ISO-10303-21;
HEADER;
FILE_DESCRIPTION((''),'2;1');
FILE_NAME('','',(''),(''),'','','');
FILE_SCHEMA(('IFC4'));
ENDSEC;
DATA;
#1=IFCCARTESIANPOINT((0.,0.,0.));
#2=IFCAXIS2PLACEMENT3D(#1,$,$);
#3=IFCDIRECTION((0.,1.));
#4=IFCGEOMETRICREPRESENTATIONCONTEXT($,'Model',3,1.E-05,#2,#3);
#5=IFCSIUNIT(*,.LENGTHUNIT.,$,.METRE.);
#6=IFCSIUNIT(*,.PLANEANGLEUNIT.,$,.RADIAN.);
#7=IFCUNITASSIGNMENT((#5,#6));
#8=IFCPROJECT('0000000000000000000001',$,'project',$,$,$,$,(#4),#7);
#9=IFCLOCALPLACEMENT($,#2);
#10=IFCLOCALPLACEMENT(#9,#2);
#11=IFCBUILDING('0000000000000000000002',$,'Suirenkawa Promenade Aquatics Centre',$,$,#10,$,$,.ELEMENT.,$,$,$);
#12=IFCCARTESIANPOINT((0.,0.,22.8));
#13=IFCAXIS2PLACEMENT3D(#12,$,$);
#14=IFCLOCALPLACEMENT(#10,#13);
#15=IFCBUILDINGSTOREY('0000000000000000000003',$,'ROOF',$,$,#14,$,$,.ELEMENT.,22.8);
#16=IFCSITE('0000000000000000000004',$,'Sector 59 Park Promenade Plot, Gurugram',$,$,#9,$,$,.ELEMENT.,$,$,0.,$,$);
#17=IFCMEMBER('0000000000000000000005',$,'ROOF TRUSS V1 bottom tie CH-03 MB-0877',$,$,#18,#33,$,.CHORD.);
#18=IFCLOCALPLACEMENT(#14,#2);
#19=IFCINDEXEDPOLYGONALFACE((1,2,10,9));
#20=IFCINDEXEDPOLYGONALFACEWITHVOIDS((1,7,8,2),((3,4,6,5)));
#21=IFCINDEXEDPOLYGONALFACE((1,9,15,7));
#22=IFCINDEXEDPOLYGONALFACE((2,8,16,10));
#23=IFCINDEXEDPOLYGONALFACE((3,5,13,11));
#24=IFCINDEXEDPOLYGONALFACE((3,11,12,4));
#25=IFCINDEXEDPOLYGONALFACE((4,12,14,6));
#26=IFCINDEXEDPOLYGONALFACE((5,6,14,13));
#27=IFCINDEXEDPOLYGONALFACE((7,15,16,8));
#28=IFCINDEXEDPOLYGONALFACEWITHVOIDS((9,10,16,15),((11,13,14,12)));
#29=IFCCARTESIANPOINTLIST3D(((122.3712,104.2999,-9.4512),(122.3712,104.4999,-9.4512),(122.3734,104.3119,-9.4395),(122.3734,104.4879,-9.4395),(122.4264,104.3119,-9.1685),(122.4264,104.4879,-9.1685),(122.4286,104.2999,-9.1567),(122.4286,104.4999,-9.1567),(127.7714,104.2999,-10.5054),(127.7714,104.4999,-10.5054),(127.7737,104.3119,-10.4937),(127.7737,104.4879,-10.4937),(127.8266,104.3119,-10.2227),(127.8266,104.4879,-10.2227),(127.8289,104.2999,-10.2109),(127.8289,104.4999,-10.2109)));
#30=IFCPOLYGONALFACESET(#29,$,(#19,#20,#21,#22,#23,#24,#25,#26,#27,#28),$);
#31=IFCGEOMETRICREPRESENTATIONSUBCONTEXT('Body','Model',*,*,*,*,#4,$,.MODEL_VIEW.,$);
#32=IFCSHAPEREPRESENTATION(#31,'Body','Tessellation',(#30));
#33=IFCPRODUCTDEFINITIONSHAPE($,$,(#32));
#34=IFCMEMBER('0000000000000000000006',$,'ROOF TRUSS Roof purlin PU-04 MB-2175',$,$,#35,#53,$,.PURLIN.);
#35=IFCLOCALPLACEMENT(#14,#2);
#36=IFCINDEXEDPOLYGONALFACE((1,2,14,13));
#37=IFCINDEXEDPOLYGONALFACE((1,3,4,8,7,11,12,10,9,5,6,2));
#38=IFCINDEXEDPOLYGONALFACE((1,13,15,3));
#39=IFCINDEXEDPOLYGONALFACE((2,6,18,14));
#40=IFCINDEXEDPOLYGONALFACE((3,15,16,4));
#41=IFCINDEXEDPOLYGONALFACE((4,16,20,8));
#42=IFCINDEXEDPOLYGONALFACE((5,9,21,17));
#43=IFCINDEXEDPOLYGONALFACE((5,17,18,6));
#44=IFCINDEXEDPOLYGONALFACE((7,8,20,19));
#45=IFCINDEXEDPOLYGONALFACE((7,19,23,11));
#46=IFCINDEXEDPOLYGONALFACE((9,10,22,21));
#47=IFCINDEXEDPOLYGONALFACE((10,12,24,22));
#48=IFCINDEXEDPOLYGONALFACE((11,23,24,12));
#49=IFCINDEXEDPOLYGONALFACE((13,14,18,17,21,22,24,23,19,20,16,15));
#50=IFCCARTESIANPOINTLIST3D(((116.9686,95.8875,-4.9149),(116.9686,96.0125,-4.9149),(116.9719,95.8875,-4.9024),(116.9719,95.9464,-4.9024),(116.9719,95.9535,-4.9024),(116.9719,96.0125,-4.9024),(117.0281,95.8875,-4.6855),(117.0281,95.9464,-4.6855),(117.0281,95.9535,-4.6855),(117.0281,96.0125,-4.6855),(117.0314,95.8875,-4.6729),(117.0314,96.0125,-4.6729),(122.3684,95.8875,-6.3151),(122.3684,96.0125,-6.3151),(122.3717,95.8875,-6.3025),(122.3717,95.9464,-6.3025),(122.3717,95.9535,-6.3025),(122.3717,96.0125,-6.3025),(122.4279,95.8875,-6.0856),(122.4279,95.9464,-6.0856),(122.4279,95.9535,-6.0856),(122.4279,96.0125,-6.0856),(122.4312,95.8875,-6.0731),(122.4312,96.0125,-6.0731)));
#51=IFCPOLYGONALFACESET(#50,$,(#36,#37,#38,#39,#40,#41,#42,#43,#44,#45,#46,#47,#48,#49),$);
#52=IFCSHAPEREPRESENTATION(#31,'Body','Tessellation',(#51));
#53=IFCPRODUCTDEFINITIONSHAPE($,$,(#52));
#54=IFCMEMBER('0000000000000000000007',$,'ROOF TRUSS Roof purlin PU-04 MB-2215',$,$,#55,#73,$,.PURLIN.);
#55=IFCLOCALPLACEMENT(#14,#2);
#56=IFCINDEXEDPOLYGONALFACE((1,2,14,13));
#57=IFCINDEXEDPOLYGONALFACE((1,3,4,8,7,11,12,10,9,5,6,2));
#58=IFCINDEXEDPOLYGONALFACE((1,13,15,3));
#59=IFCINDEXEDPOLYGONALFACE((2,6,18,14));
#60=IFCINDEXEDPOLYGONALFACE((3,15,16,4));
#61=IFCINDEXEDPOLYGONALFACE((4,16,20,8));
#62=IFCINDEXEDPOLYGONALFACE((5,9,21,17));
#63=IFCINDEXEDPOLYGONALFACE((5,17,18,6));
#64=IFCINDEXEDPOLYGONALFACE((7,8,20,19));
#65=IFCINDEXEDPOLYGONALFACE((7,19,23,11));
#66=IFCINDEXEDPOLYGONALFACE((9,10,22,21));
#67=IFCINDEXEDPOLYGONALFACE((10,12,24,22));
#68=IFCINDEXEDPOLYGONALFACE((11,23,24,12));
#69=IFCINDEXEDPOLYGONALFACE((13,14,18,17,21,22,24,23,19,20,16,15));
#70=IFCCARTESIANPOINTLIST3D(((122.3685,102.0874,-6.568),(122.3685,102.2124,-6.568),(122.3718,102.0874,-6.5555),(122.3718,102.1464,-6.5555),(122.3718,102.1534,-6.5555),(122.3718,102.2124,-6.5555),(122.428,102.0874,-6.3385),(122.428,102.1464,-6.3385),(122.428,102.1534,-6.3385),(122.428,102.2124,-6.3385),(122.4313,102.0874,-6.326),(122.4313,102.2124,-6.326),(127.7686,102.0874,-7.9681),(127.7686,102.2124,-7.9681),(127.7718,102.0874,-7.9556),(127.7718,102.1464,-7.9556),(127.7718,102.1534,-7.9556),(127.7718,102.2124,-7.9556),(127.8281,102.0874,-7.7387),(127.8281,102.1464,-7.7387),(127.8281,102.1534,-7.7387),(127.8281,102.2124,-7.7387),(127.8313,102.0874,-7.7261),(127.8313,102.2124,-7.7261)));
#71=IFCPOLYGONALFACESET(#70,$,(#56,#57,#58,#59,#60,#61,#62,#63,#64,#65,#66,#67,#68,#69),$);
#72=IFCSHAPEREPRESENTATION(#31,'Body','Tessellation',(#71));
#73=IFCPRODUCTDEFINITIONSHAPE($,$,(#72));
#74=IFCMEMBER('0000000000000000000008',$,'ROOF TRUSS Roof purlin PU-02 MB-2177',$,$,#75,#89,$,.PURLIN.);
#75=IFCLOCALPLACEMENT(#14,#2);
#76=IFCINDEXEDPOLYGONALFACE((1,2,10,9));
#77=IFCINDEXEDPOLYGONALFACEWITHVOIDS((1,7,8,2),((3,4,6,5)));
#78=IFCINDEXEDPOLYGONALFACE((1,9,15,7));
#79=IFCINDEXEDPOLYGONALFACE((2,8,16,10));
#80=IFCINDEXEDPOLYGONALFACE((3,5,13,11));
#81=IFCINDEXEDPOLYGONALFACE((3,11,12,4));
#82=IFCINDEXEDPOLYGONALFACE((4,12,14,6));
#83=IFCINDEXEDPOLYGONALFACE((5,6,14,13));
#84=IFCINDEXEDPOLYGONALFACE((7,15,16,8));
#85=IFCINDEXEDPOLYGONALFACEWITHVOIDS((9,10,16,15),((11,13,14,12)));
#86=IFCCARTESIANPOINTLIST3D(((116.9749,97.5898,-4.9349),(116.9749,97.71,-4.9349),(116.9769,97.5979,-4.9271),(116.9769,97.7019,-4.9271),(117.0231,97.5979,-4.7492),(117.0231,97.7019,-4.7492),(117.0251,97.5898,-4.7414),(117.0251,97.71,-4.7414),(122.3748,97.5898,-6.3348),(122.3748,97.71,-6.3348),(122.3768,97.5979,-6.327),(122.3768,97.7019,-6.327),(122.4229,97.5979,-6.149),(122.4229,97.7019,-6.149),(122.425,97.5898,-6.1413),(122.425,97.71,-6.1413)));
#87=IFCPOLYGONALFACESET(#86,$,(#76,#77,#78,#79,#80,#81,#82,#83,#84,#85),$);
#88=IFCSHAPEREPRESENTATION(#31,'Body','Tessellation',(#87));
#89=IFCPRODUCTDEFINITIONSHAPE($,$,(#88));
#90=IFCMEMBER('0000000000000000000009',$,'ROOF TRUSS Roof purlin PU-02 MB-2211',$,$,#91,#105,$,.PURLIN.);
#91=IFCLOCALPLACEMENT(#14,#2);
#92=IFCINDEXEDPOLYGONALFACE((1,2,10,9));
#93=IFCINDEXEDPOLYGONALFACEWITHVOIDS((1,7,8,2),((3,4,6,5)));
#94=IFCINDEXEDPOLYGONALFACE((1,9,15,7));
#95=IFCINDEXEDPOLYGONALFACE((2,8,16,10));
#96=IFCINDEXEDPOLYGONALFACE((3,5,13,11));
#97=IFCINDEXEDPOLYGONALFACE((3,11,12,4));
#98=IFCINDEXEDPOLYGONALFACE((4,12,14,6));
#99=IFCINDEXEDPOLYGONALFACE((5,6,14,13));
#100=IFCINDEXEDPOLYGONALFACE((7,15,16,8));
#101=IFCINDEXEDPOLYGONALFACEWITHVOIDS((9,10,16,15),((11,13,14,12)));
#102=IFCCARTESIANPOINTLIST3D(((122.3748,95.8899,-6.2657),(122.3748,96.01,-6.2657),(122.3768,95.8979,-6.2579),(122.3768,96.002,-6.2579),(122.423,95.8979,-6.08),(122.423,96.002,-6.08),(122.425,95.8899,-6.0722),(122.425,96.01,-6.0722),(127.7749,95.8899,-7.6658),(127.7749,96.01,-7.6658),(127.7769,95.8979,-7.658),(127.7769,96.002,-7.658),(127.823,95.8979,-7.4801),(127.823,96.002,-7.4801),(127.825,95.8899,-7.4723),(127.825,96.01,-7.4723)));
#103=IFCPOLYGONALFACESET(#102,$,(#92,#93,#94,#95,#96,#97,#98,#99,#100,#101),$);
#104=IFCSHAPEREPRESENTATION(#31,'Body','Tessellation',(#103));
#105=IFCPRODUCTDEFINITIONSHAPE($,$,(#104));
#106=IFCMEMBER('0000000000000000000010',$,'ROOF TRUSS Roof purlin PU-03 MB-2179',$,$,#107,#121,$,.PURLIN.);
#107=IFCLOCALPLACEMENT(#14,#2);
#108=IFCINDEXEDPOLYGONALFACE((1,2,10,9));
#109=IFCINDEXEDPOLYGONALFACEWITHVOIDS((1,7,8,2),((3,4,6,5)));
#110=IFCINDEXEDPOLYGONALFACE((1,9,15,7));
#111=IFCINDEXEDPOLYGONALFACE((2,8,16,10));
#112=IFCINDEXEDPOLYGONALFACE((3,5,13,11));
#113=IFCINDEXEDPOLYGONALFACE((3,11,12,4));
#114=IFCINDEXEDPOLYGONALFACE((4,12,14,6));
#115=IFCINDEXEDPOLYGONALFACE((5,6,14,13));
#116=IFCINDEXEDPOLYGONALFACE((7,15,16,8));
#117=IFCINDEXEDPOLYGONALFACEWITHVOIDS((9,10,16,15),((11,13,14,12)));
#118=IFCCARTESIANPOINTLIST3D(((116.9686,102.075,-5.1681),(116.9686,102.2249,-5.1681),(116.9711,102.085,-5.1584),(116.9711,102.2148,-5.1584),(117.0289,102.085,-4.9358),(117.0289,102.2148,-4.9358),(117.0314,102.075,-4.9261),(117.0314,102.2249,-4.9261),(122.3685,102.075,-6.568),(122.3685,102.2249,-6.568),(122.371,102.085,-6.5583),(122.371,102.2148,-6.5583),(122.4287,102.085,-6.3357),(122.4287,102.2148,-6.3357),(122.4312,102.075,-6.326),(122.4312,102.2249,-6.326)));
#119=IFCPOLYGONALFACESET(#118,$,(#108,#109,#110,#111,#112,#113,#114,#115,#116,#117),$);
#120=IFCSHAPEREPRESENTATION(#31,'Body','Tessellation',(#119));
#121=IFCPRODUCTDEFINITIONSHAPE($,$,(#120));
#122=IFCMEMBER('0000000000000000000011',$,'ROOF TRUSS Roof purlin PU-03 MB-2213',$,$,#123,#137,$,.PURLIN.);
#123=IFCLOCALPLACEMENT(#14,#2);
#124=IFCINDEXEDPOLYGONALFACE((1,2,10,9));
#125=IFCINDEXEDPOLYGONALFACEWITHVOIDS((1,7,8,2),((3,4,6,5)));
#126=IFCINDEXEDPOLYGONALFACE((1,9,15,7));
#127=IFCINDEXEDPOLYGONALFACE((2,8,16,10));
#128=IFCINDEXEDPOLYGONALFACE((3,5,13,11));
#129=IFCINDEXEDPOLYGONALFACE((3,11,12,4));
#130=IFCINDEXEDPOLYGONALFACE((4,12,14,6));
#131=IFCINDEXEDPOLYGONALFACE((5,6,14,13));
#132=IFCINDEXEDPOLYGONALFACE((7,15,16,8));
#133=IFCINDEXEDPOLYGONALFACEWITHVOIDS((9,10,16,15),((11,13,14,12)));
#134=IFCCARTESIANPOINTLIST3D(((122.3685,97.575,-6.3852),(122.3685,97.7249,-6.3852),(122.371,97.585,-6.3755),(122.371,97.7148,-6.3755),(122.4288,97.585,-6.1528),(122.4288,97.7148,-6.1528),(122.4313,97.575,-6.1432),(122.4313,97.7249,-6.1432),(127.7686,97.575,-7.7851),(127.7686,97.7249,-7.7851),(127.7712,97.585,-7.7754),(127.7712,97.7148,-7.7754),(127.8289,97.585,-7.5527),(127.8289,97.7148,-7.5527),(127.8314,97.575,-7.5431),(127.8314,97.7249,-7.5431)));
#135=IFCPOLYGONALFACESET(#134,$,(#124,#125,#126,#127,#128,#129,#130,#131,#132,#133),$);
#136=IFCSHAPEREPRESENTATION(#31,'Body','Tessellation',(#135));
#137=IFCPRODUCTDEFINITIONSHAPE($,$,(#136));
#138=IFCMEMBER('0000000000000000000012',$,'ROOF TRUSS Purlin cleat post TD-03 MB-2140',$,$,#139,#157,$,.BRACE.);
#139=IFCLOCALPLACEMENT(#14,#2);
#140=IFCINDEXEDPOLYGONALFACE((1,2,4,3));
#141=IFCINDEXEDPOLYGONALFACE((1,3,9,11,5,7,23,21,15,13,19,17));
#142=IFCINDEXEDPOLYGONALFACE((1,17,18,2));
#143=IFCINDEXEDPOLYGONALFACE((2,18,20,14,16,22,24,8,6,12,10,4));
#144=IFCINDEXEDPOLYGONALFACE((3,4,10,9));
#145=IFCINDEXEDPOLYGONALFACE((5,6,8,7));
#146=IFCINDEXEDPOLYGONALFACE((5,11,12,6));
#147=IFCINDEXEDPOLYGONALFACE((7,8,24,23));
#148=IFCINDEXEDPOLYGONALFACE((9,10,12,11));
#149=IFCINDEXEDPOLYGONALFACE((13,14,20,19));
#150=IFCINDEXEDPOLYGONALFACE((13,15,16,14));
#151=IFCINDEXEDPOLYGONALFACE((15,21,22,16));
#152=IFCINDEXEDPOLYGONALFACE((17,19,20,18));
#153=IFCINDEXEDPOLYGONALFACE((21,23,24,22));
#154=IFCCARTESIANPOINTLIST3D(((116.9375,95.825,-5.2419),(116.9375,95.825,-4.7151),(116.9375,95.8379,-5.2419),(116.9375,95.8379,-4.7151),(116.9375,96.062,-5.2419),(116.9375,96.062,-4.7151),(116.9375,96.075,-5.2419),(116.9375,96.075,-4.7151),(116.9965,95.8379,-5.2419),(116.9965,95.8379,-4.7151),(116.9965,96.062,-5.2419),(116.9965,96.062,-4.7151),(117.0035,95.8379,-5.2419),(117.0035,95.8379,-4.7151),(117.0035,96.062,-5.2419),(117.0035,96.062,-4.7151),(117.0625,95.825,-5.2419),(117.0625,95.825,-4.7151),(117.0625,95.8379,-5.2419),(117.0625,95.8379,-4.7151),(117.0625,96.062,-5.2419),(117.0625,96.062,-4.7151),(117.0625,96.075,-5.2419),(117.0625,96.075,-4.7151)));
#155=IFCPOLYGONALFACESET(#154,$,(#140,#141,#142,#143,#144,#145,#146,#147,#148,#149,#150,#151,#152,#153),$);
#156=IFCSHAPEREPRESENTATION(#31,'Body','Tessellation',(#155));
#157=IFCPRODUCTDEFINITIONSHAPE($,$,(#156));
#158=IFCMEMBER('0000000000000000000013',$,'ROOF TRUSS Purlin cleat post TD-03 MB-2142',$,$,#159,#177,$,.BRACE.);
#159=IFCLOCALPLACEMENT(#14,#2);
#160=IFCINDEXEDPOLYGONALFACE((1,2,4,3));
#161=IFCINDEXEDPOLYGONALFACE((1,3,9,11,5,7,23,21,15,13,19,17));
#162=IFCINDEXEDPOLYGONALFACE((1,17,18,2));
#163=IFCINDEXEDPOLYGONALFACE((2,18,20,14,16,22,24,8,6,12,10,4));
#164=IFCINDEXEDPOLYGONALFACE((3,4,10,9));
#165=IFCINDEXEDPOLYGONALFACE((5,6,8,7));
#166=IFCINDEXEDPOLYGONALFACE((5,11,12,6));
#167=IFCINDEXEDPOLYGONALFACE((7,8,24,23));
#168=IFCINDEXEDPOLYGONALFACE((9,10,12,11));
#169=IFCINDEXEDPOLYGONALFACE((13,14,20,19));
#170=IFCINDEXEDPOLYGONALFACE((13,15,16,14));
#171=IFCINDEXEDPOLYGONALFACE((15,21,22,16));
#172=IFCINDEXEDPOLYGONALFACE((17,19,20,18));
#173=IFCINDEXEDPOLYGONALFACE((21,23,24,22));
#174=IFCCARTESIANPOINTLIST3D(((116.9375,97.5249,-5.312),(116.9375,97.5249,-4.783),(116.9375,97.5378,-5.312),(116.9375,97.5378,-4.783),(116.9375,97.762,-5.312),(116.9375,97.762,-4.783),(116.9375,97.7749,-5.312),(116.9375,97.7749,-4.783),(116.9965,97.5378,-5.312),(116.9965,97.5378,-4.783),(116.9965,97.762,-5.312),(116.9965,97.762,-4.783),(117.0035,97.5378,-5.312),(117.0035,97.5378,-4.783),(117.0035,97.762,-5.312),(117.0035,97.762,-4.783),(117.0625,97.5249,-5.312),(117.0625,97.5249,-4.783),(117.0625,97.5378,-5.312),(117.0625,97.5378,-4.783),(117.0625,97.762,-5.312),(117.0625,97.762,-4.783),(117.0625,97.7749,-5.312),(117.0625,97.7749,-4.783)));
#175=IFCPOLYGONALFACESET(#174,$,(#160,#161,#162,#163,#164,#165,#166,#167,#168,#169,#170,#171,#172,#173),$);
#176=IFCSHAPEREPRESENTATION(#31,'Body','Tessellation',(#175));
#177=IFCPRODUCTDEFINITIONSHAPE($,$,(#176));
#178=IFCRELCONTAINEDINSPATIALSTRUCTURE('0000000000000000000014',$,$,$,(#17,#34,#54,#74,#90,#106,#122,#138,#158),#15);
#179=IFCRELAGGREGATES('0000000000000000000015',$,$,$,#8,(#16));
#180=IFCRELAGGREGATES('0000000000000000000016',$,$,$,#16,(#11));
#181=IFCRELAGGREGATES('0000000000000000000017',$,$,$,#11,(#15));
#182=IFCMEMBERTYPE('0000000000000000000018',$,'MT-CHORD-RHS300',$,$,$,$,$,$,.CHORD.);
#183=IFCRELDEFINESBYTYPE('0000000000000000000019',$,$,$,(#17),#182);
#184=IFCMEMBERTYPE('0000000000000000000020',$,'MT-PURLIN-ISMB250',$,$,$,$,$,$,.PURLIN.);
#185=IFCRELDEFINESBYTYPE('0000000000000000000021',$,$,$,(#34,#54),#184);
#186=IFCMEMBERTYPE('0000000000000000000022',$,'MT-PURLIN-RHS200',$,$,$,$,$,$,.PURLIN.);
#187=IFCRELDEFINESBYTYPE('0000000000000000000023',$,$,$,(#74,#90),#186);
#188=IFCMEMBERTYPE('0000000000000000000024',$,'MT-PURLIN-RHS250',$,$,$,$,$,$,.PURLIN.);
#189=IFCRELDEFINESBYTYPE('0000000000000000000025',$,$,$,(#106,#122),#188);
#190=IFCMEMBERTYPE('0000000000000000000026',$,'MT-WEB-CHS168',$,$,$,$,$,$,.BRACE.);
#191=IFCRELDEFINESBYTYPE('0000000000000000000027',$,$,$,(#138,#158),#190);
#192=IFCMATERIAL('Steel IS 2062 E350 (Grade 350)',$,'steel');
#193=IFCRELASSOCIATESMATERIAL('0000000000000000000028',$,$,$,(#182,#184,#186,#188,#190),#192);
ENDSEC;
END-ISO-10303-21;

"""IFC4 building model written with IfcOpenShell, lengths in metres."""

from ifc_helpers import new_model, si_unit, direction, frame, origin, origin_2d, place, context, subcontext, project, spatial, hollow_rectangle, i_section, extrude, material, material_profile, profile_set, type_object, element, save


model = new_model("IFC4")

# Units and contexts
model_context = context("Model", 3, precision=1e-05, world=origin(), true_north=direction((0.0, 1.0)))
body_context = subcontext(model_context, "Body", "Model", "MODEL_VIEW")
ifc_project = project(units=[si_unit("LENGTHUNIT", "METRE"), si_unit("PLANEANGLEUNIT", "RADIAN")], contexts=[model_context])

# Site, building, storey
site_placement = place(None, origin())
site = spatial("IfcSite", under=ifc_project, at=site_placement, Name="Sector 59 Park Promenade Plot, Gurugram", CompositionType="ELEMENT", RefElevation=0.0)
building_placement = place(site_placement, origin())
building = spatial("IfcBuilding", under=site, at=building_placement, Name="Suirenkawa Promenade Aquatics Centre", CompositionType="ELEMENT")
storey_placement = place(building_placement, frame((0.0, 0.0, 22.8)))
storey = spatial("IfcBuildingStorey", under=building, at=storey_placement, Name="ROOF", CompositionType="ELEMENT", Elevation=22.8)

# Shared definitions
ifc_material = material(Name="Steel IS 2062 E350 (Grade 350)", Category="steel")

# Members
ifc_material_profile_1 = material_profile(ifc_material, hollow_rectangle(XDim=0.2, YDim=0.3, WallThickness=0.012, at=origin_2d()), Name="RHS 300x200x12", Category="steel")
ifc_profile_set_1 = profile_set([ifc_material_profile_1], Name="Steel IS 2062 E350 (Grade 350)")
member_type_1 = type_object("IfcMemberType", Name="MT-CHORD-RHS300", PredefinedType="CHORD", material=ifc_profile_set_1)
member_1_placement = place(storey_placement, frame((122.3999, 104.3999, -9.304), z_axis=(0.981473, 0.0, -0.1916), x_axis=(0.0, 1.0, 0.0)))
element("IfcMember", 1, at=member_1_placement, inside=storey, type_object=member_type_1, Name="ROOF TRUSS V1 bottom tie CH-03 MB-0877", PredefinedType="CHORD", context=body_context, shape_type="SweptSolid", body=[
    extrude(hollow_rectangle(XDim=0.2, YDim=0.3, WallThickness=0.012, at=origin_2d()), origin(), (0.0, 0.0, 1.0), 5.5022),
])
ifc_material_profile_2 = material_profile(ifc_material, i_section(OverallWidth=0.125, OverallDepth=0.25, WebThickness=0.0071, FlangeThickness=0.0129, at=origin_2d()), Name="ISMB 250", Category="steel")
ifc_profile_set_2 = profile_set([ifc_material_profile_2], Name="Steel IS 2062 E350 (Grade 350)")
member_type_2 = type_object("IfcMemberType", Name="MT-PURLIN-ISMB250", PredefinedType="PURLIN", material=ifc_profile_set_2)
member_2_placement = place(storey_placement, frame((117.0, 95.95, -4.7939), z_axis=(0.967989, 0.0, -0.250991), x_axis=(0.0, 1.0, 0.0)))
element("IfcMember", 2, at=member_2_placement, inside=storey, type_object=member_type_2, Name="ROOF TRUSS Roof purlin PU-04 MB-2175", PredefinedType="PURLIN", context=body_context, shape_type="SweptSolid", body=[
    extrude(i_section(OverallWidth=0.125, OverallDepth=0.25, WebThickness=0.0071, FlangeThickness=0.0129, at=origin_2d()), origin(), (0.0, 0.0, 1.0), 5.5784),
])
member_3_placement = place(storey_placement, frame((122.3999, 102.1499, -6.447), z_axis=(0.967992, 0.0, -0.25098), x_axis=(0.0, 1.0, 0.0)))
element("IfcMember", 3, at=member_3_placement, inside=storey, type_object=member_type_2, Name="ROOF TRUSS Roof purlin PU-04 MB-2215", PredefinedType="PURLIN", context=body_context, shape_type="SweptSolid", body=[
    extrude(i_section(OverallWidth=0.125, OverallDepth=0.25, WebThickness=0.0071, FlangeThickness=0.0129, at=origin_2d()), origin(), (0.0, 0.0, 1.0), 5.5786),
])
ifc_material_profile_3 = material_profile(ifc_material, hollow_rectangle(XDim=0.1201, YDim=0.2, WallThickness=0.0081, at=origin_2d()), Name="RHS 200x120x8", Category="steel")
ifc_profile_set_3 = profile_set([ifc_material_profile_3], Name="Steel IS 2062 E350 (Grade 350)")
member_type_3 = type_object("IfcMemberType", Name="MT-PURLIN-RHS200", PredefinedType="PURLIN", material=ifc_profile_set_3)
member_4_placement = place(storey_placement, frame((117.0, 97.6499, -4.8381), z_axis=(0.968, 0.0, -0.25095), x_axis=(0.0, 1.0, 0.0)))
element("IfcMember", 4, at=member_4_placement, inside=storey, type_object=member_type_3, Name="ROOF TRUSS Roof purlin PU-02 MB-2177", PredefinedType="PURLIN", context=body_context, shape_type="SweptSolid", body=[
    extrude(hollow_rectangle(XDim=0.1201, YDim=0.2, WallThickness=0.0081, at=origin_2d()), origin(), (0.0, 0.0, 1.0), 5.5784),
])
member_5_placement = place(storey_placement, frame((122.3999, 95.95, -6.1689), z_axis=(0.967992, 0.0, -0.25098), x_axis=(0.0, 1.0, 0.0)))
element("IfcMember", 5, at=member_5_placement, inside=storey, type_object=member_type_3, Name="ROOF TRUSS Roof purlin PU-02 MB-2211", PredefinedType="PURLIN", context=body_context, shape_type="SweptSolid", body=[
    extrude(hollow_rectangle(XDim=0.1201, YDim=0.2, WallThickness=0.0081, at=origin_2d()), origin(), (0.0, 0.0, 1.0), 5.5786),
])
ifc_material_profile_4 = material_profile(ifc_material, hollow_rectangle(XDim=0.1499, YDim=0.25, WallThickness=0.01, at=origin_2d()), Name="RHS 250x150x10", Category="steel")
ifc_profile_set_4 = profile_set([ifc_material_profile_4], Name="Steel IS 2062 E350 (Grade 350)")
member_type_4 = type_object("IfcMemberType", Name="MT-PURLIN-RHS250", PredefinedType="PURLIN", material=ifc_profile_set_4)
member_6_placement = place(storey_placement, frame((117.0, 102.1499, -5.0471), z_axis=(0.968, 0.0, -0.25095), x_axis=(0.0, 1.0, 0.0)))
element("IfcMember", 6, at=member_6_placement, inside=storey, type_object=member_type_4, Name="ROOF TRUSS Roof purlin PU-03 MB-2179", PredefinedType="PURLIN", context=body_context, shape_type="SweptSolid", body=[
    extrude(hollow_rectangle(XDim=0.1499, YDim=0.25, WallThickness=0.01, at=origin_2d()), origin(), (0.0, 0.0, 1.0), 5.5784),
])
member_7_placement = place(storey_placement, frame((122.3999, 97.6499, -6.2642), z_axis=(0.968003, 0.0, -0.250939), x_axis=(0.0, 1.0, 0.0)))
element("IfcMember", 7, at=member_7_placement, inside=storey, type_object=member_type_4, Name="ROOF TRUSS Roof purlin PU-03 MB-2213", PredefinedType="PURLIN", context=body_context, shape_type="SweptSolid", body=[
    extrude(hollow_rectangle(XDim=0.1499, YDim=0.25, WallThickness=0.01, at=origin_2d()), origin(), (0.0, 0.0, 1.0), 5.5786),
])
ifc_material_profile_5 = material_profile(ifc_material, i_section(OverallWidth=0.125, OverallDepth=0.25, WebThickness=0.0071, FlangeThickness=0.0129, at=origin_2d()), Name="ISMB 250", Category="steel")
ifc_profile_set_5 = profile_set([ifc_material_profile_5], Name="Steel IS 2062 E350 (Grade 350)")
member_type_5 = type_object("IfcMemberType", Name="MT-WEB-CHS168", PredefinedType="BRACE", material=ifc_profile_set_5)
member_8_placement = place(storey_placement, frame((117.0, 95.95, -5.2419), z_axis=(0.0, 0.0, 1.0), x_axis=(1.0, 0.0, 0.0)))
element("IfcMember", 8, at=member_8_placement, inside=storey, type_object=member_type_5, Name="ROOF TRUSS Purlin cleat post TD-03 MB-2140", PredefinedType="BRACE", context=body_context, shape_type="SweptSolid", body=[
    extrude(i_section(OverallWidth=0.125, OverallDepth=0.25, WebThickness=0.0071, FlangeThickness=0.0129, at=origin_2d()), origin(), (0.0, 0.0, 1.0), 0.5269),
])
member_9_placement = place(storey_placement, frame((117.0, 97.6499, -5.312), z_axis=(0.0, 0.0, 1.0), x_axis=(1.0, 0.0, 0.0)))
element("IfcMember", 9, at=member_9_placement, inside=storey, type_object=member_type_5, Name="ROOF TRUSS Purlin cleat post TD-03 MB-2142", PredefinedType="BRACE", context=body_context, shape_type="SweptSolid", body=[
    extrude(i_section(OverallWidth=0.125, OverallDepth=0.25, WebThickness=0.0071, FlangeThickness=0.0129, at=origin_2d()), origin(), (0.0, 0.0, 1.0), 0.5291),
])

save(model, "model.ifc")
